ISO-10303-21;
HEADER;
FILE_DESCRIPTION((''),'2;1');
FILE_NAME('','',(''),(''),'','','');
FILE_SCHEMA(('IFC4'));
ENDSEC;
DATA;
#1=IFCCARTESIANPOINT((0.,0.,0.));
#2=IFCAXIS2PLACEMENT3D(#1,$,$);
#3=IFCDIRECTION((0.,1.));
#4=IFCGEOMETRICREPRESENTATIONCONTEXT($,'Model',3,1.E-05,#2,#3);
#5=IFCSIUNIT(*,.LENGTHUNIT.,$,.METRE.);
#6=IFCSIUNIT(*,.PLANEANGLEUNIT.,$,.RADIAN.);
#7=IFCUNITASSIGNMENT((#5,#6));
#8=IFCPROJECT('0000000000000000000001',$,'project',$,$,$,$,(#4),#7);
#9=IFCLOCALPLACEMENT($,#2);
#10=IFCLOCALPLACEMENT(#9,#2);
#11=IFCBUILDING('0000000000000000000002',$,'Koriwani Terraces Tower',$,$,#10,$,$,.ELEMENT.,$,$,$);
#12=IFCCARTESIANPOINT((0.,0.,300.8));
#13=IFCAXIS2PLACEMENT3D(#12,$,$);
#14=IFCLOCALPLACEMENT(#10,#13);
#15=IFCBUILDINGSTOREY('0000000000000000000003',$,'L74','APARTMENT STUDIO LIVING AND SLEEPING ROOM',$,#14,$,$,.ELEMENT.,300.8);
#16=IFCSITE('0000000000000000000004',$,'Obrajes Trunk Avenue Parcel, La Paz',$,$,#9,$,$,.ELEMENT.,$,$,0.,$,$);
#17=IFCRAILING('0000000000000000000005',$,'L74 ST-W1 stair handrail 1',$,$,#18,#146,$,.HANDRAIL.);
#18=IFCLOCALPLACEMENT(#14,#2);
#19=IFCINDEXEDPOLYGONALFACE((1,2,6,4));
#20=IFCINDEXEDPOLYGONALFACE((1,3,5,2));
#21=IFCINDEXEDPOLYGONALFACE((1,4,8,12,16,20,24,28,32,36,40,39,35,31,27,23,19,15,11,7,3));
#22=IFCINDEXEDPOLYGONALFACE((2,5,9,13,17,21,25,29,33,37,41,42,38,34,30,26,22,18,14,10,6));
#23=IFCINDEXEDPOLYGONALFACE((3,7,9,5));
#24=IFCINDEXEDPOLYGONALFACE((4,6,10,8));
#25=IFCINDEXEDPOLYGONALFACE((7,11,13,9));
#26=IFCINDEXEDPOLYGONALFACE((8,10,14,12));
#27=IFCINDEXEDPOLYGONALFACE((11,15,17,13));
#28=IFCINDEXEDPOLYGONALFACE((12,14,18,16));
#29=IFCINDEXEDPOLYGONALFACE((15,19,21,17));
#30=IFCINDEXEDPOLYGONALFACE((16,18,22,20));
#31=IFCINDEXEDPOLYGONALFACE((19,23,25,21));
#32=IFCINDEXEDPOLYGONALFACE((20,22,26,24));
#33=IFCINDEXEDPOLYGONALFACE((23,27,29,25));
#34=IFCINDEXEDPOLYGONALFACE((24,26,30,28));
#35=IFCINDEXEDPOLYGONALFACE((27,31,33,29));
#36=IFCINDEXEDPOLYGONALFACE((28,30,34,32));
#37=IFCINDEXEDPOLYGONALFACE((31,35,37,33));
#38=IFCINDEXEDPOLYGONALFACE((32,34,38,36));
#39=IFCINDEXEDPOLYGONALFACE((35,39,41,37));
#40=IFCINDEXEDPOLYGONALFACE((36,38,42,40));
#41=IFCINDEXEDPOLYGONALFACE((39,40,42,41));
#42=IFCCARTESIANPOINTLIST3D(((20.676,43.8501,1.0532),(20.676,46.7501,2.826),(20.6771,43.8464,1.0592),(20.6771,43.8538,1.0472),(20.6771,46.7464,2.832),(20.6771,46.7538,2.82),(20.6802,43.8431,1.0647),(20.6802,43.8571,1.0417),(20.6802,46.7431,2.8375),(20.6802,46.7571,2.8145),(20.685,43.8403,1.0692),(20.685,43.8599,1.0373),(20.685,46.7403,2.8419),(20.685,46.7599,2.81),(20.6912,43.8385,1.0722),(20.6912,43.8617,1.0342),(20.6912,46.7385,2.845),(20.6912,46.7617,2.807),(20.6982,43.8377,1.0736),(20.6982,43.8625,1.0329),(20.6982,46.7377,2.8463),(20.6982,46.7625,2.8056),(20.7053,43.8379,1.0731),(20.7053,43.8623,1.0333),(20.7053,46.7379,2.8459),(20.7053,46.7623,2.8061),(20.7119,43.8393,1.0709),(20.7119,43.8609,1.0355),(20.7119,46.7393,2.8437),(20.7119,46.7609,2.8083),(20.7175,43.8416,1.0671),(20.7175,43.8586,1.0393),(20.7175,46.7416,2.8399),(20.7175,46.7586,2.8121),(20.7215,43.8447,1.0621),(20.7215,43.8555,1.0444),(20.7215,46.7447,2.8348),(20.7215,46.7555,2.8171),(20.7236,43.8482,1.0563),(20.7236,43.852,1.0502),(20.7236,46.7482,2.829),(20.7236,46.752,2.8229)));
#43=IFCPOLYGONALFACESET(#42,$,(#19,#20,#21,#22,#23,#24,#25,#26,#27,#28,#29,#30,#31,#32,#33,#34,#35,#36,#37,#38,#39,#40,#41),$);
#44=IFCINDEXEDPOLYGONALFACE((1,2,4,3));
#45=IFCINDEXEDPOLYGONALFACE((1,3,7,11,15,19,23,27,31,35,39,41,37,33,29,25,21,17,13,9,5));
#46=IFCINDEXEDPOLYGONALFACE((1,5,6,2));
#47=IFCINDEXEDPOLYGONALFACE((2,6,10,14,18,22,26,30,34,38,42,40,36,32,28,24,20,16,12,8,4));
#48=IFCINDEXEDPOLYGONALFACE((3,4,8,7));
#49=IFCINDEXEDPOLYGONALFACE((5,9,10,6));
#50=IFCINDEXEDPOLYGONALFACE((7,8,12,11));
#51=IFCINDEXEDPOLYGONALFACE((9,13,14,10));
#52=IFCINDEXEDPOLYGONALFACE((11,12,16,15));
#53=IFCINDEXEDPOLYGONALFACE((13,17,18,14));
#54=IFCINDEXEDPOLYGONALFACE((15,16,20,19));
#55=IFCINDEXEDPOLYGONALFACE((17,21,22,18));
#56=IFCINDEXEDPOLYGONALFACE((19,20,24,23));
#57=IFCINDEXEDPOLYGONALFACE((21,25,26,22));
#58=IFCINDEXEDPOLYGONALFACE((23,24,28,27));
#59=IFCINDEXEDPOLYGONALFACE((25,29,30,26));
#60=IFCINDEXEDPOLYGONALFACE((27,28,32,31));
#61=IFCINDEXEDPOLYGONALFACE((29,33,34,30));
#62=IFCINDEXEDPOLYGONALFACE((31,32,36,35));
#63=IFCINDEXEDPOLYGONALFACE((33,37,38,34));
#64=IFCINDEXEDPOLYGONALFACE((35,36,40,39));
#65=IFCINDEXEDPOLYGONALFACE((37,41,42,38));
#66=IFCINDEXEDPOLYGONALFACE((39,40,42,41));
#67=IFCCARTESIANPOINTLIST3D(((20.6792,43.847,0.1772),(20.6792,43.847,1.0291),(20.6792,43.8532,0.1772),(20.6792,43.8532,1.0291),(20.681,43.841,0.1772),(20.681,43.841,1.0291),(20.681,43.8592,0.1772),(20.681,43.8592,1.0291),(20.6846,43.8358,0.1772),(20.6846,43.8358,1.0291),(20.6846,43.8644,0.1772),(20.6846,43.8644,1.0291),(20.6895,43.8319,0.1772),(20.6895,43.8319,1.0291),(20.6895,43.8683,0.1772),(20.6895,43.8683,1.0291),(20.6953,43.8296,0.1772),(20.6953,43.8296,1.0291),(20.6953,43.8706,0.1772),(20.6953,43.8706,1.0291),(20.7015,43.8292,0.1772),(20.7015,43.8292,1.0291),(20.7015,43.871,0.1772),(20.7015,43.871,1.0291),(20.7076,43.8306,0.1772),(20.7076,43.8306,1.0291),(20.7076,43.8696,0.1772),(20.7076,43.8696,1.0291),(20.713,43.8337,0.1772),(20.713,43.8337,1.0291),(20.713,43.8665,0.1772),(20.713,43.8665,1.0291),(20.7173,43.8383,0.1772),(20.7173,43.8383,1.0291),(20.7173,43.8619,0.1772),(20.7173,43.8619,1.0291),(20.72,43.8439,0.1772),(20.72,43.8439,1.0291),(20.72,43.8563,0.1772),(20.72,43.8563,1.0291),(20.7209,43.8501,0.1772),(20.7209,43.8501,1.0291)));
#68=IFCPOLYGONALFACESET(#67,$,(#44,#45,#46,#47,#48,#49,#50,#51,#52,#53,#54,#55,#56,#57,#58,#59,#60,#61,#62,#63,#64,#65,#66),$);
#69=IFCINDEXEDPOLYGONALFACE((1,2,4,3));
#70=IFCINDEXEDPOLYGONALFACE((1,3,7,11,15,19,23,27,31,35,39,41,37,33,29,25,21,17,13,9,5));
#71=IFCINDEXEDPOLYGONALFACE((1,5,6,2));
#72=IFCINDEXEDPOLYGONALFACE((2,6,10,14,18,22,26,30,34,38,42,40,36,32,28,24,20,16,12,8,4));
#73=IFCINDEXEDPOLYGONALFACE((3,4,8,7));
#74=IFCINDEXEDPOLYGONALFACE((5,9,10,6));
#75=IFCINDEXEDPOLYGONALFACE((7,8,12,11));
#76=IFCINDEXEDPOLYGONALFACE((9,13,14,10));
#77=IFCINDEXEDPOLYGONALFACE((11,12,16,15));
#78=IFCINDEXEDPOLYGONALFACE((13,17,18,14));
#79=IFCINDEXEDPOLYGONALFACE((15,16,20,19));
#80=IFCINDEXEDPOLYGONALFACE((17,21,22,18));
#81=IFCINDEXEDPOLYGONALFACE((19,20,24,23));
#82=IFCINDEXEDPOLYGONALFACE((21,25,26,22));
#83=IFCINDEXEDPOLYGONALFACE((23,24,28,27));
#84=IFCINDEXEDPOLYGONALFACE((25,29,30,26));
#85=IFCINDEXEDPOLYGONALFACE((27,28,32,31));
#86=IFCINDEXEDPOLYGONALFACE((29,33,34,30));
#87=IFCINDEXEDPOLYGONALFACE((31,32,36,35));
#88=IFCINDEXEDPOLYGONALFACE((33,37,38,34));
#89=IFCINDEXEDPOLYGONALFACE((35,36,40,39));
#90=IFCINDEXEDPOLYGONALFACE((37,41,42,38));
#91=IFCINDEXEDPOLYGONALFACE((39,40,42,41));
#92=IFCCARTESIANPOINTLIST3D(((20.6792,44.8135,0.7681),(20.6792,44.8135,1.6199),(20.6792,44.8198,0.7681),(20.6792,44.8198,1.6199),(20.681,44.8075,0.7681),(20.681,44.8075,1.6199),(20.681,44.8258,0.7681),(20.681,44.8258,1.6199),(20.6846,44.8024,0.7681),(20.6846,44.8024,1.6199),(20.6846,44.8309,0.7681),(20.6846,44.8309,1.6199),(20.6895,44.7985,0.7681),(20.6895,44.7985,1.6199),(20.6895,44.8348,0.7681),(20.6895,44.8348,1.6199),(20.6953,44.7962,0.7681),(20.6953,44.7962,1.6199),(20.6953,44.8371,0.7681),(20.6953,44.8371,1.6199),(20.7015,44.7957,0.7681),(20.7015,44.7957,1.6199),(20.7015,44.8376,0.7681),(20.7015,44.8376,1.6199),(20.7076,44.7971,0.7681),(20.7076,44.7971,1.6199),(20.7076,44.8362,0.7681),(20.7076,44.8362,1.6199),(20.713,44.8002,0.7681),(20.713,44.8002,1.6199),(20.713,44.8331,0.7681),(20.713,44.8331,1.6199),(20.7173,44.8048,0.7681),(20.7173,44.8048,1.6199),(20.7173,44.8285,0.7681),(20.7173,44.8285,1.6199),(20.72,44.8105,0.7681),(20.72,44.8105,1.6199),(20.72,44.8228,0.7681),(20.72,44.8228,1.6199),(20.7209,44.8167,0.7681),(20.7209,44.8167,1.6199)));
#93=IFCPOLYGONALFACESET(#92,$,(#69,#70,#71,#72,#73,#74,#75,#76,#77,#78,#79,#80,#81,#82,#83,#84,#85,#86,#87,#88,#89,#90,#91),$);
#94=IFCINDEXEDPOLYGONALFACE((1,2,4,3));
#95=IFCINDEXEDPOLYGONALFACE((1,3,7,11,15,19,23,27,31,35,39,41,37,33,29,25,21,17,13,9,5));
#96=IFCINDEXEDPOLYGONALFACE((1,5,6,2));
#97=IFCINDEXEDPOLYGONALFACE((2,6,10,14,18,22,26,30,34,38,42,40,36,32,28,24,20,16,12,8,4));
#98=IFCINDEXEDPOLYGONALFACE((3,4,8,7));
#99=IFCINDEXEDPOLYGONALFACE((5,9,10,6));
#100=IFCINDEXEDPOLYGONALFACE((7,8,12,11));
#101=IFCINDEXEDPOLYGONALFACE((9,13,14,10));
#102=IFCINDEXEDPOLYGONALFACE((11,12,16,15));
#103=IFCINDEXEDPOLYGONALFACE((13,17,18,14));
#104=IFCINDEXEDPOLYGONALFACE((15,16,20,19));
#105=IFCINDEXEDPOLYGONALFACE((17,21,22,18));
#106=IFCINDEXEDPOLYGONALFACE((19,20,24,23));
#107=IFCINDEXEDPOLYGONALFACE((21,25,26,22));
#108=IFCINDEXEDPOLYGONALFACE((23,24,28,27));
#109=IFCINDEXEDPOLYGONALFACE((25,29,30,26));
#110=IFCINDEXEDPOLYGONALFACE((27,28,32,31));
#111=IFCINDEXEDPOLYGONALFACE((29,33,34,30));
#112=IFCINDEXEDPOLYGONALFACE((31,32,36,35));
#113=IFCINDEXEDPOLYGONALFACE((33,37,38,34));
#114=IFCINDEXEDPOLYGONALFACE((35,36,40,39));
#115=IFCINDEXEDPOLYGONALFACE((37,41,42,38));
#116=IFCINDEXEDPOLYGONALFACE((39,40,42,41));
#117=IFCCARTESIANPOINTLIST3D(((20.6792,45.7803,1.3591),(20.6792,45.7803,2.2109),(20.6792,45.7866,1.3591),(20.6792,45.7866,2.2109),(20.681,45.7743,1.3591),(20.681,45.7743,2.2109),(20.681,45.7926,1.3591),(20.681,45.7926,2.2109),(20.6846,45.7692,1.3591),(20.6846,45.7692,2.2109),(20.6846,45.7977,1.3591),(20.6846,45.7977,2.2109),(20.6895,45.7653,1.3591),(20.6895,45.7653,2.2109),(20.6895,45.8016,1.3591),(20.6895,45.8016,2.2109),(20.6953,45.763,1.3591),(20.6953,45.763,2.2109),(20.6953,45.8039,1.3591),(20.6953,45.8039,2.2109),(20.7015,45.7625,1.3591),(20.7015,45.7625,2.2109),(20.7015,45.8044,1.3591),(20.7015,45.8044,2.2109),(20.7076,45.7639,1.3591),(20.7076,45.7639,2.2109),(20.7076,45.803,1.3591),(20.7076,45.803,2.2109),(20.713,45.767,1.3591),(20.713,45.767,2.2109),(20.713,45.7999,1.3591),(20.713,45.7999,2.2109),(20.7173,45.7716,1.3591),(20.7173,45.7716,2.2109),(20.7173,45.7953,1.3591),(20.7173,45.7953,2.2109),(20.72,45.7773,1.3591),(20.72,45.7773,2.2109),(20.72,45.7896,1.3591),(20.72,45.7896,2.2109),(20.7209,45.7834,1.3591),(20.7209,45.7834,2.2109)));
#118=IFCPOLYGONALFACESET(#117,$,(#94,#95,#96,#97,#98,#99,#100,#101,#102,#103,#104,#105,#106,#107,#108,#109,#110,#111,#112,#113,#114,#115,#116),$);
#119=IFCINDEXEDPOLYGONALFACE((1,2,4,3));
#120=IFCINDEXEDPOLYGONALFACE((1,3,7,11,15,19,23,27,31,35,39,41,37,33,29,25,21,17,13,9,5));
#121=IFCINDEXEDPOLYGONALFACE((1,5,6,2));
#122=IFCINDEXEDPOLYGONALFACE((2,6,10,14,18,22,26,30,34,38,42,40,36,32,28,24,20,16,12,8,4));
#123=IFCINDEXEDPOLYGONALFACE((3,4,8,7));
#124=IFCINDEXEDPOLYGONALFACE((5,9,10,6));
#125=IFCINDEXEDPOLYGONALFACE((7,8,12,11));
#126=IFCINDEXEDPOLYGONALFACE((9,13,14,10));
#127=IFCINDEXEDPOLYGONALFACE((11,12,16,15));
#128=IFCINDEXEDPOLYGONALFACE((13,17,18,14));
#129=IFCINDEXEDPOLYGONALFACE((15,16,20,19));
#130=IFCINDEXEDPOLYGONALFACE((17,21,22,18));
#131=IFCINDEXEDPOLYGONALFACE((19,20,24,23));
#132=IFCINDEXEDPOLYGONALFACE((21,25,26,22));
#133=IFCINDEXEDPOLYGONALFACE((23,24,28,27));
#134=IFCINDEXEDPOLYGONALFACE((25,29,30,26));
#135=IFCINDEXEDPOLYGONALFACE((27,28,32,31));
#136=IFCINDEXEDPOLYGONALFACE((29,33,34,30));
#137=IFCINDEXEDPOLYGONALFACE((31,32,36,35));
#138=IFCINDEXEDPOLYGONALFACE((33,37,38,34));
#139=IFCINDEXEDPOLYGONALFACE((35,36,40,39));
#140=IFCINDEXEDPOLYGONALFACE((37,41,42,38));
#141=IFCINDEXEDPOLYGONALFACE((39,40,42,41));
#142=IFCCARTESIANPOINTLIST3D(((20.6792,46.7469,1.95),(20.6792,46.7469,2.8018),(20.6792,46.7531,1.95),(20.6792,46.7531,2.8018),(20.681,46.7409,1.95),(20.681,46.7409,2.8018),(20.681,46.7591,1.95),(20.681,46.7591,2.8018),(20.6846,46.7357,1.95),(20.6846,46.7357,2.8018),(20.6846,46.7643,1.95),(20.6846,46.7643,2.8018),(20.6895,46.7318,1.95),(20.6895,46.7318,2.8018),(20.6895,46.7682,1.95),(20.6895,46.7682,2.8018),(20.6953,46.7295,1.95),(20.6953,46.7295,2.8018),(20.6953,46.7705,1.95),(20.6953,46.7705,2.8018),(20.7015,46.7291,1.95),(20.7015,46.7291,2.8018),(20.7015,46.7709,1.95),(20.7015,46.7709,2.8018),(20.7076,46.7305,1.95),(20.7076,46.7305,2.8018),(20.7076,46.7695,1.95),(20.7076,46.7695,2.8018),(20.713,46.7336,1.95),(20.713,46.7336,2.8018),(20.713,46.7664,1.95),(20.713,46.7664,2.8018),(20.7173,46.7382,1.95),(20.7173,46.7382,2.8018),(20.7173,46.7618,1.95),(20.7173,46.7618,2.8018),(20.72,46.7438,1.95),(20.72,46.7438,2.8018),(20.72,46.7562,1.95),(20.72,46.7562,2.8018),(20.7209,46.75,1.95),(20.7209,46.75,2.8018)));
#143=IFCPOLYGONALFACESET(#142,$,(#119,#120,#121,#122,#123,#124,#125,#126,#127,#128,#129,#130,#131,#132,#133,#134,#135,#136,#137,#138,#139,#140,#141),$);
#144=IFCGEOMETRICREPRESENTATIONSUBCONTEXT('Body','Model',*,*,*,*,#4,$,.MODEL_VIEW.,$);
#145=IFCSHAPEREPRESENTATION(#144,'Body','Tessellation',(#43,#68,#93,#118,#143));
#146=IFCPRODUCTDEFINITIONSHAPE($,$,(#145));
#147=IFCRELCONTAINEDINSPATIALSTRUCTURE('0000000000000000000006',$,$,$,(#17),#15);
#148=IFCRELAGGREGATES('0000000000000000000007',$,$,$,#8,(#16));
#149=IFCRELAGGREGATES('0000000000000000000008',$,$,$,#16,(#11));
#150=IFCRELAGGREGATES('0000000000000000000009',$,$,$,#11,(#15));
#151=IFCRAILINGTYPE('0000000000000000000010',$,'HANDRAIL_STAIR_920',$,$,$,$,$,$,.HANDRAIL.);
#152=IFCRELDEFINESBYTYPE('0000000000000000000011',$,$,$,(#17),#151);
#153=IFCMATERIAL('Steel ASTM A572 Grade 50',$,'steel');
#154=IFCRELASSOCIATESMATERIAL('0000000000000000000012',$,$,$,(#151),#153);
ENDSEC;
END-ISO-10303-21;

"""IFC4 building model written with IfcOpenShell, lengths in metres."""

from ifc_helpers import new_model, si_unit, direction, frame, origin, origin_2d, place, context, subcontext, project, spatial, circle, extrude, material, type_object, element, save


model = new_model("IFC4")

# Units and contexts
model_context = context("Model", 3, precision=1e-05, world=origin(), true_north=direction((0.0, 1.0)))
body_context = subcontext(model_context, "Body", "Model", "MODEL_VIEW")
ifc_project = project(units=[si_unit("LENGTHUNIT", "METRE"), si_unit("PLANEANGLEUNIT", "RADIAN")], contexts=[model_context])

# Site, building, storey
site_placement = place(None, origin())
site = spatial("IfcSite", under=ifc_project, at=site_placement, Name="Obrajes Trunk Avenue Parcel, La Paz", CompositionType="ELEMENT", RefElevation=0.0)
building_placement = place(site_placement, origin())
building = spatial("IfcBuilding", under=site, at=building_placement, Name="Koriwani Terraces Tower", CompositionType="ELEMENT")
storey_placement = place(building_placement, frame((0.0, 0.0, 300.8)))
storey = spatial("IfcBuildingStorey", under=building, at=storey_placement, Name="L74", Description="APARTMENT STUDIO LIVING AND SLEEPING ROOM", CompositionType="ELEMENT", Elevation=300.8)

# Shared definitions
ifc_material_1 = material(Name="Steel ASTM A572 Grade 50", Category="steel")

# Railing
railing_type = type_object("IfcRailingType", Name="HANDRAIL_STAIR_920", PredefinedType="HANDRAIL", material=ifc_material_1)
for number, where, name in (
    (1, (20.7, 43.8501, 0.1772), "L74 ST-W1 stair handrail 1"),
):
    element("IfcRailing", number, at=place(storey_placement, frame(where)), inside=storey, type_object=railing_type, Name=name, PredefinedType="HANDRAIL", context=body_context, shape_type="SweptSolid", body=[
        extrude(circle(Radius=0.0239, at=origin_2d()), frame((0.0, 0.0, 0.876), z_axis=(0.0, 0.853211, 0.521566), x_axis=(-1.0, 0.0, 0.0)), (0.0, 0.0, 1.0), 3.3989),
        extrude(circle(Radius=0.021, at=origin_2d()), origin(), (0.0, 0.0, 1.0), 0.8518),
        extrude(circle(Radius=0.021, at=origin_2d()), frame((0.0, 0.9666, 0.5908)), (0.0, 0.0, 1.0), 0.8518),
        extrude(circle(Radius=0.021, at=origin_2d()), frame((0.0, 1.9333, 1.1819)), (0.0, 0.0, 1.0), 0.8518),
        extrude(circle(Radius=0.021, at=origin_2d()), frame((0.0, 2.8999, 1.7727)), (0.0, 0.0, 1.0), 0.8518),
    ])

save(model, "model.ifc")
